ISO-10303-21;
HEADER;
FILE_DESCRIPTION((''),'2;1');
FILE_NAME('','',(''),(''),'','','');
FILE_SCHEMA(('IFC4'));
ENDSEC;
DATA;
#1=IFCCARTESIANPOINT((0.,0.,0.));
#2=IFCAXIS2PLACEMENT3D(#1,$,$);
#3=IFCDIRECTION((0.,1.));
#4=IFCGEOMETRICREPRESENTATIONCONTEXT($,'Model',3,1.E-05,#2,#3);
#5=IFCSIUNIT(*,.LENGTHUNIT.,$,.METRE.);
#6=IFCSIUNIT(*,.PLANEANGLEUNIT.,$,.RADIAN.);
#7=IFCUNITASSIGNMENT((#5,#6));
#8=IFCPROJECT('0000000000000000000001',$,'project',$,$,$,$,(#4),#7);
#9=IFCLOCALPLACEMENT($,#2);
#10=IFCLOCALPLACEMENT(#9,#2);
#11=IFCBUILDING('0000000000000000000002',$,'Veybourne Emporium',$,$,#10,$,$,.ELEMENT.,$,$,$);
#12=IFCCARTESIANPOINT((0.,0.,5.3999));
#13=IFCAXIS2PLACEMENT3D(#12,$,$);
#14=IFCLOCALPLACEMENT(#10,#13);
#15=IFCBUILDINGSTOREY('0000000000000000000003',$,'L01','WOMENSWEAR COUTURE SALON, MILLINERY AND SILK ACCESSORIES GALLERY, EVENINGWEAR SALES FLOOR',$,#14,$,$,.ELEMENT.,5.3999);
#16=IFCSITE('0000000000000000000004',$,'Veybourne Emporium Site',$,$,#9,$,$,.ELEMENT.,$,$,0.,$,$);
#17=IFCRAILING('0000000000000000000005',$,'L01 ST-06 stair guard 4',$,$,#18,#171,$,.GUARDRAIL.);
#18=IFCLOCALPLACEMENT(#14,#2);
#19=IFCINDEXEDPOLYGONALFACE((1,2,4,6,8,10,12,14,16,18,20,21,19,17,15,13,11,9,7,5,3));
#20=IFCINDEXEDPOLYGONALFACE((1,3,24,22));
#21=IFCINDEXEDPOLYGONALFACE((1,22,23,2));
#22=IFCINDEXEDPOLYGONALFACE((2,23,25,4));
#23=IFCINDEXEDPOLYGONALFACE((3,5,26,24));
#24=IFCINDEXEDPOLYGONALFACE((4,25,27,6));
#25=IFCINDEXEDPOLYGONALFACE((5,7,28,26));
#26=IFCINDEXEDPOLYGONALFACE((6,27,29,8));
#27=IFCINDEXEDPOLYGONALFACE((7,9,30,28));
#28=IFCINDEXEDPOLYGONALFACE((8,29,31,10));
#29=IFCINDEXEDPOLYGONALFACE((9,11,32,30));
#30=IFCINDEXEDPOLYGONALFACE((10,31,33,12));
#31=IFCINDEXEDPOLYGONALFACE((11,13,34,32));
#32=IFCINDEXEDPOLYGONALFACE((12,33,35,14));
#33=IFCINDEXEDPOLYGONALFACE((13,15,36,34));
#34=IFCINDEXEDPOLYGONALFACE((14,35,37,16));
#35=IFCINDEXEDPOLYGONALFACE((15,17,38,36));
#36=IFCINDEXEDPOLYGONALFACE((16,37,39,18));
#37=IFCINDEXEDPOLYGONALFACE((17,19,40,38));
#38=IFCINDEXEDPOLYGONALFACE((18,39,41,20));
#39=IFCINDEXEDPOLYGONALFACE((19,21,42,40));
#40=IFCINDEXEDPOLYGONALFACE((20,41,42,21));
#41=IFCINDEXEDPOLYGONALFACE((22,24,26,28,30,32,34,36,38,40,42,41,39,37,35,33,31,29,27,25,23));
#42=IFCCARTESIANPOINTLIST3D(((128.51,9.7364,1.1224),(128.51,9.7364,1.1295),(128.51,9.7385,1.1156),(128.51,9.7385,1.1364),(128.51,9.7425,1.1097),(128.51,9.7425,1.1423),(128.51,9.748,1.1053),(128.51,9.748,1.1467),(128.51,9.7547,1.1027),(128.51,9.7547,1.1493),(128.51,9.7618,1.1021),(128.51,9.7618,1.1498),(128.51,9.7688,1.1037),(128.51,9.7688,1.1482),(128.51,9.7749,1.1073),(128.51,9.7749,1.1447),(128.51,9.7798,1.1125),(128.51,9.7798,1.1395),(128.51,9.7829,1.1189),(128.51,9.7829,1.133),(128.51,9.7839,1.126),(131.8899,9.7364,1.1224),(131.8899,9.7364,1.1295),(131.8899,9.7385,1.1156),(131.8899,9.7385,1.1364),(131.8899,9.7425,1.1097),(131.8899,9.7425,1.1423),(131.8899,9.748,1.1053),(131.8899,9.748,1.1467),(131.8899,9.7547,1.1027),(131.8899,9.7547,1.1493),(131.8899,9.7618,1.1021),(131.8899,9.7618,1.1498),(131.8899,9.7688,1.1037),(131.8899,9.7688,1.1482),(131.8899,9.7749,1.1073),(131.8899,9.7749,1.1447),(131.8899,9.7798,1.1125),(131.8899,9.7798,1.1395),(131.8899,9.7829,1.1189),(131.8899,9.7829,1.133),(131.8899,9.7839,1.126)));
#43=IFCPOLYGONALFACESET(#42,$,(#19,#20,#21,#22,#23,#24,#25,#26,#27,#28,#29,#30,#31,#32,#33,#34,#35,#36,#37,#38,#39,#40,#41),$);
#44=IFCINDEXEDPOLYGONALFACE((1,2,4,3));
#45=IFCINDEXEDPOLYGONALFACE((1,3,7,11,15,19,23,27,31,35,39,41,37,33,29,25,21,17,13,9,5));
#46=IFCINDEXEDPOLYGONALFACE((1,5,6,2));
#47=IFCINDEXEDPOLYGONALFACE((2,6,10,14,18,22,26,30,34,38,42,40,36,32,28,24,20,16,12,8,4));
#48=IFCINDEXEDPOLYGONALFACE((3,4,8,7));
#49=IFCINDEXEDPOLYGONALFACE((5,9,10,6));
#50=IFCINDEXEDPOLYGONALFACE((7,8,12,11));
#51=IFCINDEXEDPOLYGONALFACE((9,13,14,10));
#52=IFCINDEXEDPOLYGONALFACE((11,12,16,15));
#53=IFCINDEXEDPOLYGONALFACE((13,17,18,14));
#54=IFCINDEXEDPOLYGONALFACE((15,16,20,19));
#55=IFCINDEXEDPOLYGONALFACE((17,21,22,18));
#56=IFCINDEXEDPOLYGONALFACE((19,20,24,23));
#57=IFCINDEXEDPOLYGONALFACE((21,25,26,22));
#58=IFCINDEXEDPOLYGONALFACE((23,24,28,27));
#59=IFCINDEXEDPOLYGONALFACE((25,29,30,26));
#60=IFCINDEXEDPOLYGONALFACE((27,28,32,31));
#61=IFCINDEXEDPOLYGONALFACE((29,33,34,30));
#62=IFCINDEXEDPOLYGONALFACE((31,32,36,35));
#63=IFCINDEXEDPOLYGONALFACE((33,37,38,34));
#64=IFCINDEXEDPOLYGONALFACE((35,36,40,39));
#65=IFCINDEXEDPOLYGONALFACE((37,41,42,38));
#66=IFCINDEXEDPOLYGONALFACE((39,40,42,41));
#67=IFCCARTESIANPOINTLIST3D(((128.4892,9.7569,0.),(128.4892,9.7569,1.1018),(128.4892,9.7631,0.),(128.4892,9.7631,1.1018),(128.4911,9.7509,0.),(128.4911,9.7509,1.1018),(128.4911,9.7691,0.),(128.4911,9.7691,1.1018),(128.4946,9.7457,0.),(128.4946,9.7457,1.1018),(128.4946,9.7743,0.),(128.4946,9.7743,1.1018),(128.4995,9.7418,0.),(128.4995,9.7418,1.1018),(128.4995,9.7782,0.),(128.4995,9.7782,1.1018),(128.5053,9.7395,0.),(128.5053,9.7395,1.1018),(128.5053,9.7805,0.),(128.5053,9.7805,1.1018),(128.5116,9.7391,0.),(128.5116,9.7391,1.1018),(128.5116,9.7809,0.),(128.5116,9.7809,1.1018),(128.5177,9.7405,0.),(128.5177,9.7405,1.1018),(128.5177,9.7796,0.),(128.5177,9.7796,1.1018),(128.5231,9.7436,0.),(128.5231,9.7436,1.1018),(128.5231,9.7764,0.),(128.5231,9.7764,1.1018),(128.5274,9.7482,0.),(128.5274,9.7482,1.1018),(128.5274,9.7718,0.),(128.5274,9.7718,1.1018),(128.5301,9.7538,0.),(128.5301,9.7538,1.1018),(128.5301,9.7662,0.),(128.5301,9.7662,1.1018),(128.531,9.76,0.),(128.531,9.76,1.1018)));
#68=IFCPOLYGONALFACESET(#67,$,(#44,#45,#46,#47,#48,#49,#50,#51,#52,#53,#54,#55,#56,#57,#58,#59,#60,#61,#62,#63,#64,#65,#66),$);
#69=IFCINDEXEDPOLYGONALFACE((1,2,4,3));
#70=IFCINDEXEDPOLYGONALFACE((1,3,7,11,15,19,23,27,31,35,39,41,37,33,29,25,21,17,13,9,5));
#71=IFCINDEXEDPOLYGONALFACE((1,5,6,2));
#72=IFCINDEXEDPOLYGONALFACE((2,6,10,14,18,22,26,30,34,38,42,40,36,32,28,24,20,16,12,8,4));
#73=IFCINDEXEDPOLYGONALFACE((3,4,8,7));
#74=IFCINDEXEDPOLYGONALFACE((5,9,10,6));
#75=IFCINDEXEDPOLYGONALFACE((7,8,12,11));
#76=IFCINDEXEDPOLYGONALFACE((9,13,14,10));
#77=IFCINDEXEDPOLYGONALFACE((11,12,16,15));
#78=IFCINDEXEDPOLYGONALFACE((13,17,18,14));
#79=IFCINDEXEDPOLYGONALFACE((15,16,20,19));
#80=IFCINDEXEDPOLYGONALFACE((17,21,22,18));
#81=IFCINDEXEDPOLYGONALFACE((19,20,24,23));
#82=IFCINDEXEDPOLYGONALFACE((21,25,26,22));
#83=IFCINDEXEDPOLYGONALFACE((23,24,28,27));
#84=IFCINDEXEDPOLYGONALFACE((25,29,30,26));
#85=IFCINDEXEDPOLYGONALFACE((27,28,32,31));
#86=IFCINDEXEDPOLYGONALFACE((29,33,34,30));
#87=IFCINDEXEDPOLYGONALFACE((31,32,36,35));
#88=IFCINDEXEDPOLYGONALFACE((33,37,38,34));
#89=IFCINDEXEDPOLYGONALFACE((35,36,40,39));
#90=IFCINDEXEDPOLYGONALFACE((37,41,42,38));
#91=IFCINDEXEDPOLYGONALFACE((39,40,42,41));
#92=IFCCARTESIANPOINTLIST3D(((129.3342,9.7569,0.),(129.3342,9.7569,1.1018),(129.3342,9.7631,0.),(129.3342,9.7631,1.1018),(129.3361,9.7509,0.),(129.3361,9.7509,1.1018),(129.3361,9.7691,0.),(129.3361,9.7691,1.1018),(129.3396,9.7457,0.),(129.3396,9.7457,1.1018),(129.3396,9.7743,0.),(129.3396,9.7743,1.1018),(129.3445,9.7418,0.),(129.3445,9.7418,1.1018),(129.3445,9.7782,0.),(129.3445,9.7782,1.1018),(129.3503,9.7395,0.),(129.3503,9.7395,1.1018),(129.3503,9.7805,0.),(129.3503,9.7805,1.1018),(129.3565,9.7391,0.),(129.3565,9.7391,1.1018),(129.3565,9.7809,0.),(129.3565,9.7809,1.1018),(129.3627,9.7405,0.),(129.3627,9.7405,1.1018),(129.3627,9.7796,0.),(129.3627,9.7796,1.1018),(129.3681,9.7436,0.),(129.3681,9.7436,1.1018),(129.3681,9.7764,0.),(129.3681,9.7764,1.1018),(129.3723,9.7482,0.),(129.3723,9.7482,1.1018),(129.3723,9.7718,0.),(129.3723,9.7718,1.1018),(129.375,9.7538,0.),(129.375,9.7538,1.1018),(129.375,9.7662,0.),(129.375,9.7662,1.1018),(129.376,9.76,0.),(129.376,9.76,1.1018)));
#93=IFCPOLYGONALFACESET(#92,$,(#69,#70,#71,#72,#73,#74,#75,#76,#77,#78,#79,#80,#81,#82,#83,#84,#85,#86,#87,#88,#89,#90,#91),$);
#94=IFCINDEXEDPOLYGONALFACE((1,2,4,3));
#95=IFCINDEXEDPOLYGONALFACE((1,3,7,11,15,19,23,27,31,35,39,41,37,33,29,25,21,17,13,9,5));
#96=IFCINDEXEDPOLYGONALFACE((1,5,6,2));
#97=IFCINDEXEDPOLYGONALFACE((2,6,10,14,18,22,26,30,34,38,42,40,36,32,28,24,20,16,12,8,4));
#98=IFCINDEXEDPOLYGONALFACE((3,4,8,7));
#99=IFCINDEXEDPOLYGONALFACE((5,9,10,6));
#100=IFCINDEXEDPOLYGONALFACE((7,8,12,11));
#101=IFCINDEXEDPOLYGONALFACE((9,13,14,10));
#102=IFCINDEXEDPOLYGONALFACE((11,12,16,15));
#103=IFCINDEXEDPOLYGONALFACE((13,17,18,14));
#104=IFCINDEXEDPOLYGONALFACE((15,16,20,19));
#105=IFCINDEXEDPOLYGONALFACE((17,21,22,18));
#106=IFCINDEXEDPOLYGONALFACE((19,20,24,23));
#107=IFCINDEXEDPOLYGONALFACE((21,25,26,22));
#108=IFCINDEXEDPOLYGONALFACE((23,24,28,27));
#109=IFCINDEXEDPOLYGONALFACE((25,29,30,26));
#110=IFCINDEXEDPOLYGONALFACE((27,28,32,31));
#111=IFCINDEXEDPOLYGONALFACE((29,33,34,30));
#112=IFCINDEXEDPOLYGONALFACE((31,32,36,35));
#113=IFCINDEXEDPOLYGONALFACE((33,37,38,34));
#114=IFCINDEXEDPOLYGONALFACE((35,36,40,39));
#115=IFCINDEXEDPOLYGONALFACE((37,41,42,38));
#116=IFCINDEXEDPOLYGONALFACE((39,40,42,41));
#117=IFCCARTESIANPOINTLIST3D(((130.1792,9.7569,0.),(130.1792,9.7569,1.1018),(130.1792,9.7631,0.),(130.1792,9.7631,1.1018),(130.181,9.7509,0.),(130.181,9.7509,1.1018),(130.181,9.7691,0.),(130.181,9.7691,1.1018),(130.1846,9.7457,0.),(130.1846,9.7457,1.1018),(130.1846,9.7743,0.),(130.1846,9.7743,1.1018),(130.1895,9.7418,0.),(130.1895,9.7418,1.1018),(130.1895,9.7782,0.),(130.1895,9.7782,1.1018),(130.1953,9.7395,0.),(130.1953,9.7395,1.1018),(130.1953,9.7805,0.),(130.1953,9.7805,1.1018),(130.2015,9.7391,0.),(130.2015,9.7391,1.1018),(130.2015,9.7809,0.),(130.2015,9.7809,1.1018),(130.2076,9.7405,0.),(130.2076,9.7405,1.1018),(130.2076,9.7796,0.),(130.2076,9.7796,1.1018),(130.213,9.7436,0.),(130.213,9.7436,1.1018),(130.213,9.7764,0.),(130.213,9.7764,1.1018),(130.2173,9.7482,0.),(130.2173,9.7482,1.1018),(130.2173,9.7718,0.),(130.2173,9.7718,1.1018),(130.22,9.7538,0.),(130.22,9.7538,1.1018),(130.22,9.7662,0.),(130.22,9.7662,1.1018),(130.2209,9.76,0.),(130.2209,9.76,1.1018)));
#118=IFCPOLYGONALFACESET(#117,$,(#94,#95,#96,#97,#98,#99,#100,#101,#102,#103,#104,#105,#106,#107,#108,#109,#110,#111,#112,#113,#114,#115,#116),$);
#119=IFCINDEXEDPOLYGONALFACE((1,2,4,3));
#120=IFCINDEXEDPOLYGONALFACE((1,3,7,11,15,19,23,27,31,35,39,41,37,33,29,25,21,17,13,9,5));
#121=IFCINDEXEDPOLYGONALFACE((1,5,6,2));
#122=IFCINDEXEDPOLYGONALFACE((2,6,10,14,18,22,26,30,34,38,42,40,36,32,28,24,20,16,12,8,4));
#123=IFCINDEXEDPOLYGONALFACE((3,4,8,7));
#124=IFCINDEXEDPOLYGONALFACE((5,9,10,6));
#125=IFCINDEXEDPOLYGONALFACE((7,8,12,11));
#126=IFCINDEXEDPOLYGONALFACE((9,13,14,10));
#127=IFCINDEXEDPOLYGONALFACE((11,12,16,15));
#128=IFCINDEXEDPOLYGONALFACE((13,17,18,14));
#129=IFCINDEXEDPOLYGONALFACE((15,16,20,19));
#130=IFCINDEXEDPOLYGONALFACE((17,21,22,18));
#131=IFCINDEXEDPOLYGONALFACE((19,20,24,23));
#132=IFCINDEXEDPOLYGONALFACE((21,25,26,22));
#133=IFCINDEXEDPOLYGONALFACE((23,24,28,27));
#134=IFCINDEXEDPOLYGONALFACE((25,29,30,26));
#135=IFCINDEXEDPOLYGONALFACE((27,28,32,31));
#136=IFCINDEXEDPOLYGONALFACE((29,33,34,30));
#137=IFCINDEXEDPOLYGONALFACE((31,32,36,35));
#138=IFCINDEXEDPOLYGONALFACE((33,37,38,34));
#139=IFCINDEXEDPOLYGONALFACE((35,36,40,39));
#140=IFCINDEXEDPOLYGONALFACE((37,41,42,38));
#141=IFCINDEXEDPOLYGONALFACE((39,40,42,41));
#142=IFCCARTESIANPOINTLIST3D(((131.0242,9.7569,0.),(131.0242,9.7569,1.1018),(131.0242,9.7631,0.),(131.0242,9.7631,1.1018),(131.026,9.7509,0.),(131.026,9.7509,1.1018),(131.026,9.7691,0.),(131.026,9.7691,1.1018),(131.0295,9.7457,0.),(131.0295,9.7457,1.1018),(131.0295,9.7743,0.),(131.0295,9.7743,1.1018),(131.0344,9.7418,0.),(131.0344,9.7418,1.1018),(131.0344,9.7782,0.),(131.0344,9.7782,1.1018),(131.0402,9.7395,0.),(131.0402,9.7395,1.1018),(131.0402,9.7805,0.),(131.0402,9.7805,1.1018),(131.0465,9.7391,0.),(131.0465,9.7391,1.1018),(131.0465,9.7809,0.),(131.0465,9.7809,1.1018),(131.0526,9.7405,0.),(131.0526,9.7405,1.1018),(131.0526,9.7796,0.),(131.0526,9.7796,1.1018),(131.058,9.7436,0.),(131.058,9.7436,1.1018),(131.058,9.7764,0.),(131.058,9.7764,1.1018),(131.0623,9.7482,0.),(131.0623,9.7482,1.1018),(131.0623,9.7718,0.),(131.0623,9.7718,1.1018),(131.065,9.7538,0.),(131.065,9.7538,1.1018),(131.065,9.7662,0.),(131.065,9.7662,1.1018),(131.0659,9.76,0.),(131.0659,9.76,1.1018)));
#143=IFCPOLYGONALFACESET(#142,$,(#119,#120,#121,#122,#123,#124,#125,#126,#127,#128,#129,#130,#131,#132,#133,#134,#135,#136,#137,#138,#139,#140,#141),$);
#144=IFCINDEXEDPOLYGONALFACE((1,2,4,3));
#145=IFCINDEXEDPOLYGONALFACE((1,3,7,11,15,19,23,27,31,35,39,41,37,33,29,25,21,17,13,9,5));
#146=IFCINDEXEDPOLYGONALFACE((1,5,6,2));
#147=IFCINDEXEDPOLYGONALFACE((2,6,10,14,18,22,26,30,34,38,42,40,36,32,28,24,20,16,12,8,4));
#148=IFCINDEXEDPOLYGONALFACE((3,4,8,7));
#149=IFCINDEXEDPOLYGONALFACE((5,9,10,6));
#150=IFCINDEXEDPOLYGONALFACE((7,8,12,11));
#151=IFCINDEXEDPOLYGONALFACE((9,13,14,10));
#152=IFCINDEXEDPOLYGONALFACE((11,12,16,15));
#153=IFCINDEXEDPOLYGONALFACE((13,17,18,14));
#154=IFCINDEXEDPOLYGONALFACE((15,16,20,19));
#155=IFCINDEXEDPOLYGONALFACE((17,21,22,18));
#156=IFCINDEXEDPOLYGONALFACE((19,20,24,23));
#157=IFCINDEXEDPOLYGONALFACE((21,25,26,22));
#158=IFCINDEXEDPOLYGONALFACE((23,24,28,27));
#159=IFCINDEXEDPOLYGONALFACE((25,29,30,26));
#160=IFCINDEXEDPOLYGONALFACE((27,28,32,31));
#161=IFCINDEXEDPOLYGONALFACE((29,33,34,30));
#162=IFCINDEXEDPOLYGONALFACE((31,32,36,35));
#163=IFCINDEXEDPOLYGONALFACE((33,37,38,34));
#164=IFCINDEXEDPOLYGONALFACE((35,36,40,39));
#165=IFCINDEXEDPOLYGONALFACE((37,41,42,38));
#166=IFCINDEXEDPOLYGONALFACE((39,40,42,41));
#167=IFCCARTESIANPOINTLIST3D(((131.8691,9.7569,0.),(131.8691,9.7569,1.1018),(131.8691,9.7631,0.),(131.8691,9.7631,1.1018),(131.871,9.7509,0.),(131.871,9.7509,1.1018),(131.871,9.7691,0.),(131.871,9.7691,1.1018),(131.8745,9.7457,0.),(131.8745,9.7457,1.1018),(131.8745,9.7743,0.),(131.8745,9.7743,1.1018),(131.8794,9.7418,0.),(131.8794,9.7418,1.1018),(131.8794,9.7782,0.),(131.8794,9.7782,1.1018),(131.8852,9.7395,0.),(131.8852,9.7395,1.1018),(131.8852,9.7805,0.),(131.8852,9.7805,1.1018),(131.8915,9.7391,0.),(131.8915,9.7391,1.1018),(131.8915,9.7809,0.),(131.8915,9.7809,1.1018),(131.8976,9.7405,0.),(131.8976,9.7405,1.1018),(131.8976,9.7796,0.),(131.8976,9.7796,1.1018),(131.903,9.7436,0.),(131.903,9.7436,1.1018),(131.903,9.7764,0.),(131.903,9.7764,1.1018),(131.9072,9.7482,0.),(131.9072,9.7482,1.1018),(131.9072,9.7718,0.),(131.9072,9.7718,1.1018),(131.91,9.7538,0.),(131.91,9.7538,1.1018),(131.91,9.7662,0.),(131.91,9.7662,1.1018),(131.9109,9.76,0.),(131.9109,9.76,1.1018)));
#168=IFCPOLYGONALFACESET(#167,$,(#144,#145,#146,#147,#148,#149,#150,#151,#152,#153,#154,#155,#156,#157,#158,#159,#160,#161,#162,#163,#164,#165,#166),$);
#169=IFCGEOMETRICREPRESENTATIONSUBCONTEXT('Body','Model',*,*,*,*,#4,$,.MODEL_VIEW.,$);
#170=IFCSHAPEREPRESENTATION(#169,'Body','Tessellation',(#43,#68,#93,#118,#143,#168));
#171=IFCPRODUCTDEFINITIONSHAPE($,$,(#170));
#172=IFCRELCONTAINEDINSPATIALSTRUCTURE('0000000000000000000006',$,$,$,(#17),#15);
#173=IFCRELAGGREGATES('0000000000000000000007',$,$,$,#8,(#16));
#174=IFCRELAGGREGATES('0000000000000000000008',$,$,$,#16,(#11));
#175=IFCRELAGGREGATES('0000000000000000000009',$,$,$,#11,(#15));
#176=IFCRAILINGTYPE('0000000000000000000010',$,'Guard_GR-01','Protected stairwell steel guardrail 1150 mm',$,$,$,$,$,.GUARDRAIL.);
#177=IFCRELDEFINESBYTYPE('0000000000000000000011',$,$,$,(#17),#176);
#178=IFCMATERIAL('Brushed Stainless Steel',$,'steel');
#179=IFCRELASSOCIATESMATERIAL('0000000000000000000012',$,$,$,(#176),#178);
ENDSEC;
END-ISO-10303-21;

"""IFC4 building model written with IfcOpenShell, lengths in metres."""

from ifc_helpers import new_model, si_unit, direction, frame, origin, origin_2d, place, context, subcontext, project, spatial, circle, extrude, material, type_object, element, save


model = new_model("IFC4")

# Units and contexts
model_context = context("Model", 3, precision=1e-05, world=origin(), true_north=direction((0.0, 1.0)))
body_context = subcontext(model_context, "Body", "Model", "MODEL_VIEW")
ifc_project = project(units=[si_unit("LENGTHUNIT", "METRE"), si_unit("PLANEANGLEUNIT", "RADIAN")], contexts=[model_context])

# Site, building, storey
site_placement = place(None, origin())
site = spatial("IfcSite", under=ifc_project, at=site_placement, Name="Veybourne Emporium Site", CompositionType="ELEMENT", RefElevation=0.0)
building_placement = place(site_placement, origin())
building = spatial("IfcBuilding", under=site, at=building_placement, Name="Veybourne Emporium", CompositionType="ELEMENT")
storey_placement = place(building_placement, frame((0.0, 0.0, 5.3999)))
storey = spatial("IfcBuildingStorey", under=building, at=storey_placement, Name="L01", Description="WOMENSWEAR COUTURE SALON, MILLINERY AND SILK ACCESSORIES GALLERY, EVENINGWEAR SALES FLOOR", CompositionType="ELEMENT", Elevation=5.3999)

# Railing
ifc_material_1 = material(Name="Brushed Stainless Steel", Category="steel")
railing_type_1 = type_object("IfcRailingType", Name="Guard_GR-01", Description="Protected stairwell steel guardrail 1150 mm", PredefinedType="GUARDRAIL", material=ifc_material_1)
railing_1_placement = place(storey_placement, frame((128.51, 9.76, 0.0)))
element("IfcRailing", 1, at=railing_1_placement, inside=storey, type_object=railing_type_1, Name="L01 ST-06 stair guard 4", PredefinedType="GUARDRAIL", context=body_context, shape_type="SweptSolid", body=[
    extrude(circle(Radius=0.0239, at=origin_2d()), frame((0.0, 0.0, 1.126), z_axis=(1.0, 0.0, 0.0), x_axis=(0.0, 1.0, 0.0)), (0.0, 0.0, 1.0), 3.3799),
    extrude(circle(Radius=0.021, at=origin_2d()), origin(), (0.0, 0.0, 1.0), 1.1018),
    extrude(circle(Radius=0.021, at=origin_2d()), frame((0.845, 0.0, 0.0)), (0.0, 0.0, 1.0), 1.1018),
    extrude(circle(Radius=0.021, at=origin_2d()), frame((1.6899, 0.0, 0.0)), (0.0, 0.0, 1.0), 1.1018),
    extrude(circle(Radius=0.021, at=origin_2d()), frame((2.5349, 0.0, 0.0)), (0.0, 0.0, 1.0), 1.1018),
    extrude(circle(Radius=0.021, at=origin_2d()), frame((3.3799, 0.0, 0.0)), (0.0, 0.0, 1.0), 1.1018),
])

save(model, "model.ifc")
